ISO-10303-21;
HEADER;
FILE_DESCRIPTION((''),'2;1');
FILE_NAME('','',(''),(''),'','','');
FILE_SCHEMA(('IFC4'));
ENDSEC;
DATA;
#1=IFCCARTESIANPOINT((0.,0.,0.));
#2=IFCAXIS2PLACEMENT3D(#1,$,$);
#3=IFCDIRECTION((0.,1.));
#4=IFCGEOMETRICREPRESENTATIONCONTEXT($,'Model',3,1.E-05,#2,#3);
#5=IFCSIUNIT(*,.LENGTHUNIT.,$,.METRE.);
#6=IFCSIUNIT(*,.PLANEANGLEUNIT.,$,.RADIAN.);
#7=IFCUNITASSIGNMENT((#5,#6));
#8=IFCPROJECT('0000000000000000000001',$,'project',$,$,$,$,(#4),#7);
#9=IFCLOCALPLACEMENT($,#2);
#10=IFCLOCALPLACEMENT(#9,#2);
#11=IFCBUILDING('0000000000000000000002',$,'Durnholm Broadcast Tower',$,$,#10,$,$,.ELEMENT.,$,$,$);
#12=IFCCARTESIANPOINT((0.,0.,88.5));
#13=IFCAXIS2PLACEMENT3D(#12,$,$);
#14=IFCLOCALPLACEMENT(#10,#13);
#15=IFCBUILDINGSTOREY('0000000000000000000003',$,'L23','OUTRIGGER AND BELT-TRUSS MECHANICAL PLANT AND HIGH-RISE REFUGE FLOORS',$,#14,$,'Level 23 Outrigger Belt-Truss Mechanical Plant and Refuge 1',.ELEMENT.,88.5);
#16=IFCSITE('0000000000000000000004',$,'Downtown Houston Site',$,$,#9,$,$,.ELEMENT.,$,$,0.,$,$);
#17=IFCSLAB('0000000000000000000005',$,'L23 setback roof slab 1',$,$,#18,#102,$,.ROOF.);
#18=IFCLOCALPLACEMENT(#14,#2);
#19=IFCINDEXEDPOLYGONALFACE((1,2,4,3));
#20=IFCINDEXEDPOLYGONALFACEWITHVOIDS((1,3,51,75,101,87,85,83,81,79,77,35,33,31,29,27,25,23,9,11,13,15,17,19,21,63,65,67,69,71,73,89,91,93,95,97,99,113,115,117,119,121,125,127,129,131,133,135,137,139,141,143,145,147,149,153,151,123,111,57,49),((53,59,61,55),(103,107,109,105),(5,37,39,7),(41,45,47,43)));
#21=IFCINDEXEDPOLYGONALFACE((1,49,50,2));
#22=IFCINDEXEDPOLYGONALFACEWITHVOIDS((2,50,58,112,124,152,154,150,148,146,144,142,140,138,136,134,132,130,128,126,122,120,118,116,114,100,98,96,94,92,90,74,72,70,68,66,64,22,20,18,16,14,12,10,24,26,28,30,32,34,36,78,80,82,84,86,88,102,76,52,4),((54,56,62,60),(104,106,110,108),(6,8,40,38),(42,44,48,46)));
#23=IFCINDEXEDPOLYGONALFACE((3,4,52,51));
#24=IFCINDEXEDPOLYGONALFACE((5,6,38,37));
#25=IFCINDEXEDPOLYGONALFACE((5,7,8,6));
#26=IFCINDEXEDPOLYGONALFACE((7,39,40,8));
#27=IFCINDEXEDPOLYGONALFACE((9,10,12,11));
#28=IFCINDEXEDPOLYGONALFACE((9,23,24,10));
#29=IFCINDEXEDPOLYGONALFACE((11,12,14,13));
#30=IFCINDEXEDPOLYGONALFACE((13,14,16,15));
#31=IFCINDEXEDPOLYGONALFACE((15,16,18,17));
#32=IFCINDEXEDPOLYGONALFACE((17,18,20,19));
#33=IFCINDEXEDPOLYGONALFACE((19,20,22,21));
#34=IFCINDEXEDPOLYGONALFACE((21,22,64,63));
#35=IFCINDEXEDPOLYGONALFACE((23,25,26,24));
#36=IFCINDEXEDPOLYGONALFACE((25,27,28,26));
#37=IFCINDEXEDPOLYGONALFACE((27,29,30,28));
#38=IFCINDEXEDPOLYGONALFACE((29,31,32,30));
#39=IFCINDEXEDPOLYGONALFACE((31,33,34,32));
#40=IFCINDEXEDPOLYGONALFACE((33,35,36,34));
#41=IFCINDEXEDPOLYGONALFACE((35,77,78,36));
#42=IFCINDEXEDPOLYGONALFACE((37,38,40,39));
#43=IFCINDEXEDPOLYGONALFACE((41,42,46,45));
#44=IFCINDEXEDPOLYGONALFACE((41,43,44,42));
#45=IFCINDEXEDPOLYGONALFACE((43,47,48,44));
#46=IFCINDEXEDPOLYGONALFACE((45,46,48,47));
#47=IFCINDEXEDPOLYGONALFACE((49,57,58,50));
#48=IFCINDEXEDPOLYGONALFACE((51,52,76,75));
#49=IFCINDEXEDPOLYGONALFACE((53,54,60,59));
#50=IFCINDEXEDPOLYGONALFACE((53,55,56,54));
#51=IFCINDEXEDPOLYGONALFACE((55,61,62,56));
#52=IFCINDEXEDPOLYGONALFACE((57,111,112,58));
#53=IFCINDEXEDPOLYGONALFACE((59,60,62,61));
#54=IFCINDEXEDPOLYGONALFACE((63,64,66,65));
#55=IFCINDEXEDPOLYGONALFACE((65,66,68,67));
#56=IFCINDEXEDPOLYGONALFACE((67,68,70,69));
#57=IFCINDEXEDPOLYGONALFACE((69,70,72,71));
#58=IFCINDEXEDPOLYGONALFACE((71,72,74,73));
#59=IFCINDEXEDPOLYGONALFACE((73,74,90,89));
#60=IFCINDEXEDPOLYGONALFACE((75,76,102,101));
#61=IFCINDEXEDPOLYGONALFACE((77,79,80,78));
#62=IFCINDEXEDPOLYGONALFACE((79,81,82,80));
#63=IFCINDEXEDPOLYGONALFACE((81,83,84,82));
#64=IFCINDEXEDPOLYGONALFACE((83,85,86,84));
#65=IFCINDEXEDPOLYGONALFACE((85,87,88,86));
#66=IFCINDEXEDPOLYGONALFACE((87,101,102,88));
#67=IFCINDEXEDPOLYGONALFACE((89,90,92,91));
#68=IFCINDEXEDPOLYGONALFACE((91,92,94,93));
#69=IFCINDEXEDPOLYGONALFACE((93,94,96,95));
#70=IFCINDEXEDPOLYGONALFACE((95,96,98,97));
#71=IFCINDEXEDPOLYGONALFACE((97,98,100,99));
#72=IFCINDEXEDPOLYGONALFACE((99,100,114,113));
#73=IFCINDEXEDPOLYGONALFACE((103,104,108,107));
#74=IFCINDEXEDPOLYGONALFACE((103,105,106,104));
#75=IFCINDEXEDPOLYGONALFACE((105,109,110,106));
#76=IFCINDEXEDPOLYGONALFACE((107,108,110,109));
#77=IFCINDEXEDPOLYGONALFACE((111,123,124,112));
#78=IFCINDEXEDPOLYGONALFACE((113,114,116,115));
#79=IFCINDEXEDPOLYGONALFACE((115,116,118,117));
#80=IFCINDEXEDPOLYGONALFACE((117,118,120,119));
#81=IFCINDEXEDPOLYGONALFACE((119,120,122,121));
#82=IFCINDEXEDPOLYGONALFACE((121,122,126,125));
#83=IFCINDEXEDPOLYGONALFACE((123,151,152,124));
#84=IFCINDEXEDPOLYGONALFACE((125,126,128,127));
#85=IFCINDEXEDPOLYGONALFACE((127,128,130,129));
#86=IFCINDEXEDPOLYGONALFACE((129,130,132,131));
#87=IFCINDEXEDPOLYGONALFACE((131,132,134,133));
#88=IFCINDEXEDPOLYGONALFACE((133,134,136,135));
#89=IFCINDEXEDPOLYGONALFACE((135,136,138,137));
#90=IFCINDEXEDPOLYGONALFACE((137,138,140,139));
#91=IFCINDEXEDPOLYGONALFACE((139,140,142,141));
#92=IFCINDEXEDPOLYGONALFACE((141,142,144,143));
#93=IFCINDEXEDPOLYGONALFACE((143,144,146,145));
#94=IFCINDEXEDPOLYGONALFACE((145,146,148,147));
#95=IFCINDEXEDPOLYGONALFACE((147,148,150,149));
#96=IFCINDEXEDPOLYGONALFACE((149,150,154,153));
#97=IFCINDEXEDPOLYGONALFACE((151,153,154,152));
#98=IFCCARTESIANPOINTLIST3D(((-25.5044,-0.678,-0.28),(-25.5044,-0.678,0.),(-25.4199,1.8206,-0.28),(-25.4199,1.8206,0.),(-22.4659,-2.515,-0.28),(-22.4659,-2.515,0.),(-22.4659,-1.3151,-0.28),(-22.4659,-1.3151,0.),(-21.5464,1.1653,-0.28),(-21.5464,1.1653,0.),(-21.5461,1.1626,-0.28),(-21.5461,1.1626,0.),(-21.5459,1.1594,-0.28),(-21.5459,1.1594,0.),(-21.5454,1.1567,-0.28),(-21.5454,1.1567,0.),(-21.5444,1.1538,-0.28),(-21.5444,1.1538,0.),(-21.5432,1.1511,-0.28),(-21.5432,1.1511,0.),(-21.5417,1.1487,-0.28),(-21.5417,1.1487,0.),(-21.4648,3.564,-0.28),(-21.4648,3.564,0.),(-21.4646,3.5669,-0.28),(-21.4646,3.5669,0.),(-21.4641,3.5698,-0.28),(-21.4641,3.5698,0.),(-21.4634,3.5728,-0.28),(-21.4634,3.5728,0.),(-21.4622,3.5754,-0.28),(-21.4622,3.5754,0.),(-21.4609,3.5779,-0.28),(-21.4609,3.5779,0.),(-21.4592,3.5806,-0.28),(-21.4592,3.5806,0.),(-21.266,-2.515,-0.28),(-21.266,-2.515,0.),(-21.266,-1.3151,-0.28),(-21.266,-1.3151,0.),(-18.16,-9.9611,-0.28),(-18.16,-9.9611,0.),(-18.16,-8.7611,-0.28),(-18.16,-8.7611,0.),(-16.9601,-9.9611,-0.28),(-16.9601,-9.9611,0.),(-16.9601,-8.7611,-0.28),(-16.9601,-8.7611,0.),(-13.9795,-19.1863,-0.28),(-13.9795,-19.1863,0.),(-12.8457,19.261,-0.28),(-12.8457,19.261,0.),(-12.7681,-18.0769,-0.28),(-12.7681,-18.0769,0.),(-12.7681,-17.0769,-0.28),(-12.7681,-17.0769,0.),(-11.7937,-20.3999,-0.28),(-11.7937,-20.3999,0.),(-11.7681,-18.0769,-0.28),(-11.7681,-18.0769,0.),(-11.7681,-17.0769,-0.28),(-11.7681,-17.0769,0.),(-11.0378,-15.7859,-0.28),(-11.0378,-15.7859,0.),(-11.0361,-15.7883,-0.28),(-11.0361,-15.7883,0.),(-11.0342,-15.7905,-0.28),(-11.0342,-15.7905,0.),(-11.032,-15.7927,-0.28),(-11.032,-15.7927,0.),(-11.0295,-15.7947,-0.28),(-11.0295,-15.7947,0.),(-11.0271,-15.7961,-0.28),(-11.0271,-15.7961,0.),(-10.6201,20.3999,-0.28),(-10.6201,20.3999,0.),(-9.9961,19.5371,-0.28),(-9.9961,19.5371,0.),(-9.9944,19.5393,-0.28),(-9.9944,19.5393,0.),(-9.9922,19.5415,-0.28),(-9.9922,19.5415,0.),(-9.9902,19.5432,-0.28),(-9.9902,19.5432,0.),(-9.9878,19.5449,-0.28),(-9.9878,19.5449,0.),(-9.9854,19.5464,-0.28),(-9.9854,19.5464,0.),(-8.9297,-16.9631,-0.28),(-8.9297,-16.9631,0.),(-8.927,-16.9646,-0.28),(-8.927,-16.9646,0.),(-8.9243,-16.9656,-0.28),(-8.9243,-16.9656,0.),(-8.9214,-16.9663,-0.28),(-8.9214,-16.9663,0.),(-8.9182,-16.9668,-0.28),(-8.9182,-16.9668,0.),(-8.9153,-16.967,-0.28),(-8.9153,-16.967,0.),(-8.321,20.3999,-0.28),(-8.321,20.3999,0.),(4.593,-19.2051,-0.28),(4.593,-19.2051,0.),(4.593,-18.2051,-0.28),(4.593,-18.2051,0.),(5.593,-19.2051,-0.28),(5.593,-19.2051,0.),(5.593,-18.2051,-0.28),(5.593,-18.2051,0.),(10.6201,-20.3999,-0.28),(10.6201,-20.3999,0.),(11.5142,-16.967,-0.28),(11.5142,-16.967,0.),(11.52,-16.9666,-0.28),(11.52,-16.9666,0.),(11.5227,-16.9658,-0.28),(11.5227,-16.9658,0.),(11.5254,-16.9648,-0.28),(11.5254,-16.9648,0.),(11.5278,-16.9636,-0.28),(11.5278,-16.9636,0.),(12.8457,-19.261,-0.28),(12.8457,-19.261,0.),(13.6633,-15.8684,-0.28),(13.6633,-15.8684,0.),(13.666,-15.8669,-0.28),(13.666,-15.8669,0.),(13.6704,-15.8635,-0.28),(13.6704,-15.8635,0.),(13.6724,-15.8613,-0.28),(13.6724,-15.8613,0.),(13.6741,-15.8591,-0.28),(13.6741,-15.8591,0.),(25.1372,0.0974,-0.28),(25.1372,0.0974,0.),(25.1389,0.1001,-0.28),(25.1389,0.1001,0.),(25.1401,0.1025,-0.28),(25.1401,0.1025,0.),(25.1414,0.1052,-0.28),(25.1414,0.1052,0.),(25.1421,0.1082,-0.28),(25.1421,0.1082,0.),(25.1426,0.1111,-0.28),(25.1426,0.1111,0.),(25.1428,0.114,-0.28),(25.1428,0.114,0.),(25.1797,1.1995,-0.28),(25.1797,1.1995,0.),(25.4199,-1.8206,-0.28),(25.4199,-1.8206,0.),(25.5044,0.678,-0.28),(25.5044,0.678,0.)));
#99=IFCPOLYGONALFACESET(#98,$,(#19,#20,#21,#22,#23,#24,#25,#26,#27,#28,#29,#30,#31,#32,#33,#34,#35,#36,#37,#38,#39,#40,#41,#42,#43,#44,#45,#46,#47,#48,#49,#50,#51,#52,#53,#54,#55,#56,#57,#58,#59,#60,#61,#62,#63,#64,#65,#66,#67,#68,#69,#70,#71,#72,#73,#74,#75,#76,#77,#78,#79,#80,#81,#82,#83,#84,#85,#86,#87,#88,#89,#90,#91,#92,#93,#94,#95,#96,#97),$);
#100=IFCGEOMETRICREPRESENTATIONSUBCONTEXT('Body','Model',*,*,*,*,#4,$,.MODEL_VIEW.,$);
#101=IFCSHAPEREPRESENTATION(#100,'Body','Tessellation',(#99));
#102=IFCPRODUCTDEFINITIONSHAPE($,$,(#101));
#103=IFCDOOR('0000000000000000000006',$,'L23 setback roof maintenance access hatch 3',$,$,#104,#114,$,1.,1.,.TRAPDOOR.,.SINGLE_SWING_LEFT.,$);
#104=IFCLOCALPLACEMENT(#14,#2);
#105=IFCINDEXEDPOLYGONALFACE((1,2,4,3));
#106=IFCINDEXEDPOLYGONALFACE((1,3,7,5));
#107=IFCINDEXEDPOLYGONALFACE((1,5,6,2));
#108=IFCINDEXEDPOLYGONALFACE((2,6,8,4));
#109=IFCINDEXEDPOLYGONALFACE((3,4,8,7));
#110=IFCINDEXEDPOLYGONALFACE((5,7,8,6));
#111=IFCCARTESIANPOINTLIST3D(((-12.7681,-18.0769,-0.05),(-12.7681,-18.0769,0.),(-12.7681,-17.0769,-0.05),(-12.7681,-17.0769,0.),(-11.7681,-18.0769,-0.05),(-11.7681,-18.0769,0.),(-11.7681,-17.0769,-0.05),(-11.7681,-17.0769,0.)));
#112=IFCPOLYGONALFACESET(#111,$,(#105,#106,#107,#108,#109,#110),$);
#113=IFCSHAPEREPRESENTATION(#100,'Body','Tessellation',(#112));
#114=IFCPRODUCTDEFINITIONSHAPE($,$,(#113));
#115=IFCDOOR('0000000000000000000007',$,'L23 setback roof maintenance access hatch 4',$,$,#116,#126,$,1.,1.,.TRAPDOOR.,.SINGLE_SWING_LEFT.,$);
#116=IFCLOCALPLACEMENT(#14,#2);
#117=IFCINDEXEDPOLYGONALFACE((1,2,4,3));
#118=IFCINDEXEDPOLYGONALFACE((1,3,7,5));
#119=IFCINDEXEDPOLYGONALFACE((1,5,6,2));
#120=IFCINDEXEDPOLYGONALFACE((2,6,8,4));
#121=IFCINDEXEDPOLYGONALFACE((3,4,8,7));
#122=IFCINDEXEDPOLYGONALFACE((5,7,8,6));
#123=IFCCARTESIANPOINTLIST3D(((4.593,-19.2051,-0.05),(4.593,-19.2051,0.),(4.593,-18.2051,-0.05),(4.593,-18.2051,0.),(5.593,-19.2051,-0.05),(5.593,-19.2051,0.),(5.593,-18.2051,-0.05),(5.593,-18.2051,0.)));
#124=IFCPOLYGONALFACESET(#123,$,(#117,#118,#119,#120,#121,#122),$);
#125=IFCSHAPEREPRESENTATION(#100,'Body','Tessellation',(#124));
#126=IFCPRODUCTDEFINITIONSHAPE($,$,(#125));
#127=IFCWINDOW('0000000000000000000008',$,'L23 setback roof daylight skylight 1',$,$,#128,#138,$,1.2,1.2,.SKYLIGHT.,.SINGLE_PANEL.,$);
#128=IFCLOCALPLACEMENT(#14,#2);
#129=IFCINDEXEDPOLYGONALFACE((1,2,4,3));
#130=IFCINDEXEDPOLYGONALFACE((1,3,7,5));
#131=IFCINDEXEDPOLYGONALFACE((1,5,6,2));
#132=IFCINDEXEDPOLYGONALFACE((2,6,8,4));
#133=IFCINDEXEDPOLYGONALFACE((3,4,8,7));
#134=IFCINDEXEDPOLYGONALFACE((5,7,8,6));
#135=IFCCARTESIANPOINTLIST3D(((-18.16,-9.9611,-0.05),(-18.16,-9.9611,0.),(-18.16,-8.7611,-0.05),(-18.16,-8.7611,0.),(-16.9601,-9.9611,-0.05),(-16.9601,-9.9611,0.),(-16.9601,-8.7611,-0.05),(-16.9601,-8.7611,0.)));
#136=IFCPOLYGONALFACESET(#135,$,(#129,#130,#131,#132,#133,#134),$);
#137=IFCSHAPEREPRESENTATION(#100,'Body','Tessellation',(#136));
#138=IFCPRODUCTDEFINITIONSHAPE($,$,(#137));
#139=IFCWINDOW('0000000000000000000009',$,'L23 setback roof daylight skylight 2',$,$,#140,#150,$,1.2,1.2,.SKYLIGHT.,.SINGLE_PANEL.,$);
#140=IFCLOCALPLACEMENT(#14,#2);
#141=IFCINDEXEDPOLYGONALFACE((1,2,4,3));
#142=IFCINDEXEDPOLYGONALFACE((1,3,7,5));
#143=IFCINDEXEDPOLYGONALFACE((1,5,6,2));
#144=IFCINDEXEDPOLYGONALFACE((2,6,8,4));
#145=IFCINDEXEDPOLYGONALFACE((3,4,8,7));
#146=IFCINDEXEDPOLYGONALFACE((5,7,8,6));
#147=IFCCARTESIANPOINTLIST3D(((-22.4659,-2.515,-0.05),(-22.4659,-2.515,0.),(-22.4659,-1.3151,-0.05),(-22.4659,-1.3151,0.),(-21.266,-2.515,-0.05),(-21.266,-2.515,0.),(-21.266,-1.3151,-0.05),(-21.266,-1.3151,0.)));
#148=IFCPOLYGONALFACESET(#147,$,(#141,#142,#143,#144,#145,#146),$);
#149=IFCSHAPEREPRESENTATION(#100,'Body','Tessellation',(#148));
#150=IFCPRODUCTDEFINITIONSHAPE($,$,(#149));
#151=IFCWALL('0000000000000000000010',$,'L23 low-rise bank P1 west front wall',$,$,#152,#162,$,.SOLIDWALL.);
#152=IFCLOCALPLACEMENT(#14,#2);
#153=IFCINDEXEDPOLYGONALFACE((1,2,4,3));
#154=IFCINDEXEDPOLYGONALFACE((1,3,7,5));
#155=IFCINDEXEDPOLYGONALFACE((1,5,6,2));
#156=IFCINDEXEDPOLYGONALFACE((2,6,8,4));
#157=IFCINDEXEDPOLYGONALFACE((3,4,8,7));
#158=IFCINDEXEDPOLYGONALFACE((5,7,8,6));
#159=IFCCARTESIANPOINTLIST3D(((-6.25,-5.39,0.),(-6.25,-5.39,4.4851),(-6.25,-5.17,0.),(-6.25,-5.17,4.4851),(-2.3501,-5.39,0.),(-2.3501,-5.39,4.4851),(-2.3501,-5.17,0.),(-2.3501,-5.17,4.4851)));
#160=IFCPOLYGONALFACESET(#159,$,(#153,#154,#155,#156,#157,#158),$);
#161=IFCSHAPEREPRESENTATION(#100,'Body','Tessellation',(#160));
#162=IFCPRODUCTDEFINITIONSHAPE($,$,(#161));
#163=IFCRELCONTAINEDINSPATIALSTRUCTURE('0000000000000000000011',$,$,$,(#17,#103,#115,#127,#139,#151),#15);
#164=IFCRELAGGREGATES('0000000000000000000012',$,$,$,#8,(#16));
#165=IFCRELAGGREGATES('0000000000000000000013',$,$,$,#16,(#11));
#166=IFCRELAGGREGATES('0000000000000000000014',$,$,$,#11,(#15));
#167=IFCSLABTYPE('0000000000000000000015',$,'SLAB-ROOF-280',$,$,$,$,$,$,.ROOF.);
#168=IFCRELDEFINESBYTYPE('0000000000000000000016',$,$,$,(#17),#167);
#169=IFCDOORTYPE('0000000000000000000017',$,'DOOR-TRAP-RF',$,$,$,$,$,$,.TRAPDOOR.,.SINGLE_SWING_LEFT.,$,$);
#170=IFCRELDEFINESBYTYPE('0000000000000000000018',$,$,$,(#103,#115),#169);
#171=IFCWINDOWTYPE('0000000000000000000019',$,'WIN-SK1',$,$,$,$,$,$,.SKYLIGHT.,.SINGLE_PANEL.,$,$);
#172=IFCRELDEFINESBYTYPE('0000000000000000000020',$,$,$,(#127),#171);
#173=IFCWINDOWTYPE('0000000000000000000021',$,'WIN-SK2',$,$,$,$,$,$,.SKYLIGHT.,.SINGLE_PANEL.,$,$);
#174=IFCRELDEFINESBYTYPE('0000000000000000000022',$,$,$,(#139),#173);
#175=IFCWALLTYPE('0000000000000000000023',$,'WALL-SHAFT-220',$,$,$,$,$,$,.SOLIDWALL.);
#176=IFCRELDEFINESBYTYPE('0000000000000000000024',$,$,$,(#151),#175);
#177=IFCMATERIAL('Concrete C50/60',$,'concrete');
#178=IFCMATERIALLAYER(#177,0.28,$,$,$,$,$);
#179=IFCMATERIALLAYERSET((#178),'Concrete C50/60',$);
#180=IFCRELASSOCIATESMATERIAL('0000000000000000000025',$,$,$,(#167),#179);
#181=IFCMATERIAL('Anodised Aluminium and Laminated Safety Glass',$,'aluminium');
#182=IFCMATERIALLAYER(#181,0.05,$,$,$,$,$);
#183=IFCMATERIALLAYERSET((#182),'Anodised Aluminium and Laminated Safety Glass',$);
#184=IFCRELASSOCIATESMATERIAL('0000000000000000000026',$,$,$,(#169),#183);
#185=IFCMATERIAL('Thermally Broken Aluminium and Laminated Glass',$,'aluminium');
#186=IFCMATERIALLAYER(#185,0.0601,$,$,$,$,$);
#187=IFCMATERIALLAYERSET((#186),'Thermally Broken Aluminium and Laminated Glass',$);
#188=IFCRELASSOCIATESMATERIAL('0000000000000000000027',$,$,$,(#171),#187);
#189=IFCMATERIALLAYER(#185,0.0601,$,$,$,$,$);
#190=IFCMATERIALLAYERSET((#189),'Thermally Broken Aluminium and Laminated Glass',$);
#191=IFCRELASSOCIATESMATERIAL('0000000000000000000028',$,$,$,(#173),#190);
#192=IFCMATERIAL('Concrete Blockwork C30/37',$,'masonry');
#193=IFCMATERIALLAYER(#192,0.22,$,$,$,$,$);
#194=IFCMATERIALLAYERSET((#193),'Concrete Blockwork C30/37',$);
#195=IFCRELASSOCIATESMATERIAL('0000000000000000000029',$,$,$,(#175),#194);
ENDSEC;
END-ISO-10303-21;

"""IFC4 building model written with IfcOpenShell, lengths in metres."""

from ifc_helpers import new_model, si_unit, direction, frame, frame_2d, origin, origin_2d, place, context, subcontext, project, spatial, polyline, rectangle, outline, extrude, material, layer, layer_set, type_object, element, fill, save


model = new_model("IFC4")

# Units and contexts
model_context = context("Model", 3, precision=1e-05, world=origin(), true_north=direction((0.0, 1.0)))
body_context = subcontext(model_context, "Body", "Model", "MODEL_VIEW")
ifc_project = project(units=[si_unit("LENGTHUNIT", "METRE"), si_unit("PLANEANGLEUNIT", "RADIAN")], contexts=[model_context])

# Site, building, storey
site_placement = place(None, origin())
site = spatial("IfcSite", under=ifc_project, at=site_placement, Name="Downtown Houston Site", CompositionType="ELEMENT", RefElevation=0.0)
building_placement = place(site_placement, origin())
building = spatial("IfcBuilding", under=site, at=building_placement, Name="Durnholm Broadcast Tower", CompositionType="ELEMENT")
storey_placement = place(building_placement, frame((0.0, 0.0, 88.5)))
storey = spatial("IfcBuildingStorey", under=building, at=storey_placement, Name="L23", Description="OUTRIGGER AND BELT-TRUSS MECHANICAL PLANT AND HIGH-RISE REFUGE FLOORS", LongName="Level 23 Outrigger Belt-Truss Mechanical Plant and Refuge 1", CompositionType="ELEMENT", Elevation=88.5)

# Shared definitions
ifc_material_1 = material(Name="Concrete C50/60", Category="concrete")

# Slab, openings, doors, windows
ifc_layer_1 = layer(ifc_material_1, 0.28)
ifc_layer_set_1 = layer_set([ifc_layer_1], Name="Concrete C50/60")
slab_type_1 = type_object("IfcSlabType", Name="SLAB-ROOF-280", PredefinedType="ROOF", material=ifc_layer_set_1)
slab_1_placement = place(storey_placement, frame((0.0, 0.0, -0.28)))
slab_1 = element("IfcSlab", 1, at=slab_1_placement, inside=storey, type_object=slab_type_1, Name="L23 setback roof slab 1", PredefinedType="ROOF", context=body_context, shape_type="SweptSolid", body=[
    extrude(outline(polyline([(25.5044, 0.678), (25.1797, 1.1995), (25.1428, 0.114), (25.1426, 0.1111), (25.1421, 0.1082), (25.1414, 0.1052), (25.1401, 0.1025), (25.1389, 0.1001), (25.1372, 0.0974), (13.6741, -15.8591), (13.6724, -15.8613), (13.6704, -15.8635), (13.6682, -15.8652), (13.666, -15.8669), (13.6633, -15.8684), (11.5278, -16.9636), (11.5254, -16.9648), (11.5227, -16.9658), (11.52, -16.9666), (11.5171, -16.9668), (11.5142, -16.967), (-8.9153, -16.967), (-8.9182, -16.9668), (-8.9214, -16.9663), (-8.9243, -16.9656), (-8.927, -16.9646), (-8.9297, -16.9631), (-11.0271, -15.7961), (-11.0295, -15.7947), (-11.032, -15.7927), (-11.0342, -15.7905), (-11.0361, -15.7883), (-11.0378, -15.7859), (-21.5417, 1.1487), (-21.5432, 1.1511), (-21.5444, 1.1538), (-21.5454, 1.1567), (-21.5459, 1.1594), (-21.5461, 1.1626), (-21.5464, 1.1653), (-21.4648, 3.564), (-21.4646, 3.5669), (-21.4641, 3.5698), (-21.4634, 3.5728), (-21.4622, 3.5754), (-21.4609, 3.5779), (-21.4592, 3.5806), (-9.9961, 19.5371), (-9.9944, 19.5393), (-9.9922, 19.5415), (-9.9902, 19.5432), (-9.9878, 19.5449), (-9.9854, 19.5464), (-8.321, 20.3999), (-10.6201, 20.3999), (-12.8457, 19.261), (-25.4199, 1.8206), (-25.5044, -0.678), (-13.9795, -19.1863), (-11.7937, -20.3999), (10.6201, -20.3999), (12.8457, -19.261), (25.4199, -1.8206), (25.5044, 0.678)])), origin(), (0.0, 0.0, 1.0), 0.28),
])
opening_1_placement = place(slab_1_placement, frame((-17.5601, -9.3611, -0.01)))
opening_1 = element("IfcOpeningElement", 2, at=opening_1_placement, cuts=slab_1, PredefinedType="OPENING", context=body_context, shape_type="SweptSolid", body=[
    extrude(rectangle(XDim=1.2, YDim=1.2, at=origin_2d()), origin(), (0.0, 0.0, 1.0), 0.3),
])
opening_2_placement = place(slab_1_placement, frame((-21.866, -1.915, -0.01)))
opening_2 = element("IfcOpeningElement", 3, at=opening_2_placement, cuts=slab_1, PredefinedType="OPENING", context=body_context, shape_type="SweptSolid", body=[
    extrude(rectangle(XDim=1.2, YDim=1.2, at=origin_2d()), origin(), (0.0, 0.0, 1.0), 0.3),
])
opening_3_placement = place(slab_1_placement, frame((-12.2681, -17.5769, -0.01)))
opening_3 = element("IfcOpeningElement", 4, at=opening_3_placement, cuts=slab_1, PredefinedType="OPENING", context=body_context, shape_type="SweptSolid", body=[
    extrude(rectangle(XDim=1.0, YDim=1.0, at=origin_2d()), origin(), (0.0, 0.0, 1.0), 0.3),
])
opening_4_placement = place(slab_1_placement, frame((5.093, -18.7051, -0.01)))
opening_4 = element("IfcOpeningElement", 5, at=opening_4_placement, cuts=slab_1, PredefinedType="OPENING", context=body_context, shape_type="SweptSolid", body=[
    extrude(rectangle(XDim=1.0, YDim=1.0, at=origin_2d()), origin(), (0.0, 0.0, 1.0), 0.3),
])
ifc_material_2 = material(Name="Anodised Aluminium and Laminated Safety Glass", Category="aluminium")
ifc_layer_2 = layer(ifc_material_2, 0.05)
ifc_layer_set_2 = layer_set([ifc_layer_2], Name="Anodised Aluminium and Laminated Safety Glass")
door_type_1 = type_object("IfcDoorType", Name="DOOR-TRAP-RF", OperationType="SINGLE_SWING_LEFT", PredefinedType="TRAPDOOR", material=ifc_layer_set_2)
door_1_placement = place(opening_3_placement, frame((0.0, 0.0, 0.24)))
door_1 = element("IfcDoor", 6, at=door_1_placement, inside=storey, type_object=door_type_1, Name="L23 setback roof maintenance access hatch 3", OperationType="SINGLE_SWING_LEFT", OverallHeight=1.0, OverallWidth=1.0, PredefinedType="TRAPDOOR", context=body_context, shape_type="SweptSolid", body=[
    extrude(rectangle(XDim=1.0, YDim=1.0, at=origin_2d()), origin(), (0.0, 0.0, 1.0), 0.05),
])
fill(opening_3, door_1)
door_2_placement = place(opening_4_placement, frame((0.0, 0.0, 0.24)))
door_2 = element("IfcDoor", 7, at=door_2_placement, inside=storey, type_object=door_type_1, Name="L23 setback roof maintenance access hatch 4", OperationType="SINGLE_SWING_LEFT", OverallHeight=1.0, OverallWidth=1.0, PredefinedType="TRAPDOOR", context=body_context, shape_type="SweptSolid", body=[
    extrude(rectangle(XDim=1.0, YDim=1.0, at=origin_2d()), origin(), (0.0, 0.0, 1.0), 0.05),
])
fill(opening_4, door_2)
ifc_material_3 = material(Name="Thermally Broken Aluminium and Laminated Glass", Category="aluminium")
ifc_layer_3 = layer(ifc_material_3, 0.0601)
ifc_layer_set_3 = layer_set([ifc_layer_3], Name="Thermally Broken Aluminium and Laminated Glass")
window_type_1 = type_object("IfcWindowType", Name="WIN-SK1", PartitioningType="SINGLE_PANEL", PredefinedType="SKYLIGHT", material=ifc_layer_set_3)
window_1_placement = place(opening_1_placement, frame((0.0, 0.0, 0.24)))
window_1 = element("IfcWindow", 8, at=window_1_placement, inside=storey, type_object=window_type_1, Name="L23 setback roof daylight skylight 1", OverallHeight=1.2, OverallWidth=1.2, PartitioningType="SINGLE_PANEL", PredefinedType="SKYLIGHT", context=body_context, shape_type="SweptSolid", body=[
    extrude(rectangle(XDim=1.2, YDim=1.2, at=origin_2d()), origin(), (0.0, 0.0, 1.0), 0.05),
])
fill(opening_1, window_1)
ifc_layer_4 = layer(ifc_material_3, 0.0601)
ifc_layer_set_4 = layer_set([ifc_layer_4], Name="Thermally Broken Aluminium and Laminated Glass")
window_type_2 = type_object("IfcWindowType", Name="WIN-SK2", PartitioningType="SINGLE_PANEL", PredefinedType="SKYLIGHT", material=ifc_layer_set_4)
window_2_placement = place(opening_2_placement, frame((0.0, 0.0, 0.24)))
window_2 = element("IfcWindow", 9, at=window_2_placement, inside=storey, type_object=window_type_2, Name="L23 setback roof daylight skylight 2", OverallHeight=1.2, OverallWidth=1.2, PartitioningType="SINGLE_PANEL", PredefinedType="SKYLIGHT", context=body_context, shape_type="SweptSolid", body=[
    extrude(rectangle(XDim=1.2, YDim=1.2, at=origin_2d()), origin(), (0.0, 0.0, 1.0), 0.05),
])
fill(opening_2, window_2)

# Wall
ifc_material_4 = material(Name="Concrete Blockwork C30/37", Category="masonry")
ifc_layer_5 = layer(ifc_material_4, 0.22)
ifc_layer_set_5 = layer_set([ifc_layer_5], Name="Concrete Blockwork C30/37")
wall_type_1 = type_object("IfcWallType", Name="WALL-SHAFT-220", PredefinedType="SOLIDWALL", material=ifc_layer_set_5)
wall_1_placement = place(storey_placement, frame((-6.25, -5.28, 0.0), z_axis=(0.0, 0.0, 1.0), x_axis=(1.0, 0.0, 0.0)))
element("IfcWall", 10, at=wall_1_placement, inside=storey, type_object=wall_type_1, Name="L23 low-rise bank P1 west front wall", PredefinedType="SOLIDWALL", context=body_context, shape_type="SweptSolid", body=[
    extrude(rectangle(XDim=3.8999, YDim=0.22, at=frame_2d((1.95, 0.0))), origin(), (0.0, 0.0, 1.0), 4.4851),
])

save(model, "model.ifc")
